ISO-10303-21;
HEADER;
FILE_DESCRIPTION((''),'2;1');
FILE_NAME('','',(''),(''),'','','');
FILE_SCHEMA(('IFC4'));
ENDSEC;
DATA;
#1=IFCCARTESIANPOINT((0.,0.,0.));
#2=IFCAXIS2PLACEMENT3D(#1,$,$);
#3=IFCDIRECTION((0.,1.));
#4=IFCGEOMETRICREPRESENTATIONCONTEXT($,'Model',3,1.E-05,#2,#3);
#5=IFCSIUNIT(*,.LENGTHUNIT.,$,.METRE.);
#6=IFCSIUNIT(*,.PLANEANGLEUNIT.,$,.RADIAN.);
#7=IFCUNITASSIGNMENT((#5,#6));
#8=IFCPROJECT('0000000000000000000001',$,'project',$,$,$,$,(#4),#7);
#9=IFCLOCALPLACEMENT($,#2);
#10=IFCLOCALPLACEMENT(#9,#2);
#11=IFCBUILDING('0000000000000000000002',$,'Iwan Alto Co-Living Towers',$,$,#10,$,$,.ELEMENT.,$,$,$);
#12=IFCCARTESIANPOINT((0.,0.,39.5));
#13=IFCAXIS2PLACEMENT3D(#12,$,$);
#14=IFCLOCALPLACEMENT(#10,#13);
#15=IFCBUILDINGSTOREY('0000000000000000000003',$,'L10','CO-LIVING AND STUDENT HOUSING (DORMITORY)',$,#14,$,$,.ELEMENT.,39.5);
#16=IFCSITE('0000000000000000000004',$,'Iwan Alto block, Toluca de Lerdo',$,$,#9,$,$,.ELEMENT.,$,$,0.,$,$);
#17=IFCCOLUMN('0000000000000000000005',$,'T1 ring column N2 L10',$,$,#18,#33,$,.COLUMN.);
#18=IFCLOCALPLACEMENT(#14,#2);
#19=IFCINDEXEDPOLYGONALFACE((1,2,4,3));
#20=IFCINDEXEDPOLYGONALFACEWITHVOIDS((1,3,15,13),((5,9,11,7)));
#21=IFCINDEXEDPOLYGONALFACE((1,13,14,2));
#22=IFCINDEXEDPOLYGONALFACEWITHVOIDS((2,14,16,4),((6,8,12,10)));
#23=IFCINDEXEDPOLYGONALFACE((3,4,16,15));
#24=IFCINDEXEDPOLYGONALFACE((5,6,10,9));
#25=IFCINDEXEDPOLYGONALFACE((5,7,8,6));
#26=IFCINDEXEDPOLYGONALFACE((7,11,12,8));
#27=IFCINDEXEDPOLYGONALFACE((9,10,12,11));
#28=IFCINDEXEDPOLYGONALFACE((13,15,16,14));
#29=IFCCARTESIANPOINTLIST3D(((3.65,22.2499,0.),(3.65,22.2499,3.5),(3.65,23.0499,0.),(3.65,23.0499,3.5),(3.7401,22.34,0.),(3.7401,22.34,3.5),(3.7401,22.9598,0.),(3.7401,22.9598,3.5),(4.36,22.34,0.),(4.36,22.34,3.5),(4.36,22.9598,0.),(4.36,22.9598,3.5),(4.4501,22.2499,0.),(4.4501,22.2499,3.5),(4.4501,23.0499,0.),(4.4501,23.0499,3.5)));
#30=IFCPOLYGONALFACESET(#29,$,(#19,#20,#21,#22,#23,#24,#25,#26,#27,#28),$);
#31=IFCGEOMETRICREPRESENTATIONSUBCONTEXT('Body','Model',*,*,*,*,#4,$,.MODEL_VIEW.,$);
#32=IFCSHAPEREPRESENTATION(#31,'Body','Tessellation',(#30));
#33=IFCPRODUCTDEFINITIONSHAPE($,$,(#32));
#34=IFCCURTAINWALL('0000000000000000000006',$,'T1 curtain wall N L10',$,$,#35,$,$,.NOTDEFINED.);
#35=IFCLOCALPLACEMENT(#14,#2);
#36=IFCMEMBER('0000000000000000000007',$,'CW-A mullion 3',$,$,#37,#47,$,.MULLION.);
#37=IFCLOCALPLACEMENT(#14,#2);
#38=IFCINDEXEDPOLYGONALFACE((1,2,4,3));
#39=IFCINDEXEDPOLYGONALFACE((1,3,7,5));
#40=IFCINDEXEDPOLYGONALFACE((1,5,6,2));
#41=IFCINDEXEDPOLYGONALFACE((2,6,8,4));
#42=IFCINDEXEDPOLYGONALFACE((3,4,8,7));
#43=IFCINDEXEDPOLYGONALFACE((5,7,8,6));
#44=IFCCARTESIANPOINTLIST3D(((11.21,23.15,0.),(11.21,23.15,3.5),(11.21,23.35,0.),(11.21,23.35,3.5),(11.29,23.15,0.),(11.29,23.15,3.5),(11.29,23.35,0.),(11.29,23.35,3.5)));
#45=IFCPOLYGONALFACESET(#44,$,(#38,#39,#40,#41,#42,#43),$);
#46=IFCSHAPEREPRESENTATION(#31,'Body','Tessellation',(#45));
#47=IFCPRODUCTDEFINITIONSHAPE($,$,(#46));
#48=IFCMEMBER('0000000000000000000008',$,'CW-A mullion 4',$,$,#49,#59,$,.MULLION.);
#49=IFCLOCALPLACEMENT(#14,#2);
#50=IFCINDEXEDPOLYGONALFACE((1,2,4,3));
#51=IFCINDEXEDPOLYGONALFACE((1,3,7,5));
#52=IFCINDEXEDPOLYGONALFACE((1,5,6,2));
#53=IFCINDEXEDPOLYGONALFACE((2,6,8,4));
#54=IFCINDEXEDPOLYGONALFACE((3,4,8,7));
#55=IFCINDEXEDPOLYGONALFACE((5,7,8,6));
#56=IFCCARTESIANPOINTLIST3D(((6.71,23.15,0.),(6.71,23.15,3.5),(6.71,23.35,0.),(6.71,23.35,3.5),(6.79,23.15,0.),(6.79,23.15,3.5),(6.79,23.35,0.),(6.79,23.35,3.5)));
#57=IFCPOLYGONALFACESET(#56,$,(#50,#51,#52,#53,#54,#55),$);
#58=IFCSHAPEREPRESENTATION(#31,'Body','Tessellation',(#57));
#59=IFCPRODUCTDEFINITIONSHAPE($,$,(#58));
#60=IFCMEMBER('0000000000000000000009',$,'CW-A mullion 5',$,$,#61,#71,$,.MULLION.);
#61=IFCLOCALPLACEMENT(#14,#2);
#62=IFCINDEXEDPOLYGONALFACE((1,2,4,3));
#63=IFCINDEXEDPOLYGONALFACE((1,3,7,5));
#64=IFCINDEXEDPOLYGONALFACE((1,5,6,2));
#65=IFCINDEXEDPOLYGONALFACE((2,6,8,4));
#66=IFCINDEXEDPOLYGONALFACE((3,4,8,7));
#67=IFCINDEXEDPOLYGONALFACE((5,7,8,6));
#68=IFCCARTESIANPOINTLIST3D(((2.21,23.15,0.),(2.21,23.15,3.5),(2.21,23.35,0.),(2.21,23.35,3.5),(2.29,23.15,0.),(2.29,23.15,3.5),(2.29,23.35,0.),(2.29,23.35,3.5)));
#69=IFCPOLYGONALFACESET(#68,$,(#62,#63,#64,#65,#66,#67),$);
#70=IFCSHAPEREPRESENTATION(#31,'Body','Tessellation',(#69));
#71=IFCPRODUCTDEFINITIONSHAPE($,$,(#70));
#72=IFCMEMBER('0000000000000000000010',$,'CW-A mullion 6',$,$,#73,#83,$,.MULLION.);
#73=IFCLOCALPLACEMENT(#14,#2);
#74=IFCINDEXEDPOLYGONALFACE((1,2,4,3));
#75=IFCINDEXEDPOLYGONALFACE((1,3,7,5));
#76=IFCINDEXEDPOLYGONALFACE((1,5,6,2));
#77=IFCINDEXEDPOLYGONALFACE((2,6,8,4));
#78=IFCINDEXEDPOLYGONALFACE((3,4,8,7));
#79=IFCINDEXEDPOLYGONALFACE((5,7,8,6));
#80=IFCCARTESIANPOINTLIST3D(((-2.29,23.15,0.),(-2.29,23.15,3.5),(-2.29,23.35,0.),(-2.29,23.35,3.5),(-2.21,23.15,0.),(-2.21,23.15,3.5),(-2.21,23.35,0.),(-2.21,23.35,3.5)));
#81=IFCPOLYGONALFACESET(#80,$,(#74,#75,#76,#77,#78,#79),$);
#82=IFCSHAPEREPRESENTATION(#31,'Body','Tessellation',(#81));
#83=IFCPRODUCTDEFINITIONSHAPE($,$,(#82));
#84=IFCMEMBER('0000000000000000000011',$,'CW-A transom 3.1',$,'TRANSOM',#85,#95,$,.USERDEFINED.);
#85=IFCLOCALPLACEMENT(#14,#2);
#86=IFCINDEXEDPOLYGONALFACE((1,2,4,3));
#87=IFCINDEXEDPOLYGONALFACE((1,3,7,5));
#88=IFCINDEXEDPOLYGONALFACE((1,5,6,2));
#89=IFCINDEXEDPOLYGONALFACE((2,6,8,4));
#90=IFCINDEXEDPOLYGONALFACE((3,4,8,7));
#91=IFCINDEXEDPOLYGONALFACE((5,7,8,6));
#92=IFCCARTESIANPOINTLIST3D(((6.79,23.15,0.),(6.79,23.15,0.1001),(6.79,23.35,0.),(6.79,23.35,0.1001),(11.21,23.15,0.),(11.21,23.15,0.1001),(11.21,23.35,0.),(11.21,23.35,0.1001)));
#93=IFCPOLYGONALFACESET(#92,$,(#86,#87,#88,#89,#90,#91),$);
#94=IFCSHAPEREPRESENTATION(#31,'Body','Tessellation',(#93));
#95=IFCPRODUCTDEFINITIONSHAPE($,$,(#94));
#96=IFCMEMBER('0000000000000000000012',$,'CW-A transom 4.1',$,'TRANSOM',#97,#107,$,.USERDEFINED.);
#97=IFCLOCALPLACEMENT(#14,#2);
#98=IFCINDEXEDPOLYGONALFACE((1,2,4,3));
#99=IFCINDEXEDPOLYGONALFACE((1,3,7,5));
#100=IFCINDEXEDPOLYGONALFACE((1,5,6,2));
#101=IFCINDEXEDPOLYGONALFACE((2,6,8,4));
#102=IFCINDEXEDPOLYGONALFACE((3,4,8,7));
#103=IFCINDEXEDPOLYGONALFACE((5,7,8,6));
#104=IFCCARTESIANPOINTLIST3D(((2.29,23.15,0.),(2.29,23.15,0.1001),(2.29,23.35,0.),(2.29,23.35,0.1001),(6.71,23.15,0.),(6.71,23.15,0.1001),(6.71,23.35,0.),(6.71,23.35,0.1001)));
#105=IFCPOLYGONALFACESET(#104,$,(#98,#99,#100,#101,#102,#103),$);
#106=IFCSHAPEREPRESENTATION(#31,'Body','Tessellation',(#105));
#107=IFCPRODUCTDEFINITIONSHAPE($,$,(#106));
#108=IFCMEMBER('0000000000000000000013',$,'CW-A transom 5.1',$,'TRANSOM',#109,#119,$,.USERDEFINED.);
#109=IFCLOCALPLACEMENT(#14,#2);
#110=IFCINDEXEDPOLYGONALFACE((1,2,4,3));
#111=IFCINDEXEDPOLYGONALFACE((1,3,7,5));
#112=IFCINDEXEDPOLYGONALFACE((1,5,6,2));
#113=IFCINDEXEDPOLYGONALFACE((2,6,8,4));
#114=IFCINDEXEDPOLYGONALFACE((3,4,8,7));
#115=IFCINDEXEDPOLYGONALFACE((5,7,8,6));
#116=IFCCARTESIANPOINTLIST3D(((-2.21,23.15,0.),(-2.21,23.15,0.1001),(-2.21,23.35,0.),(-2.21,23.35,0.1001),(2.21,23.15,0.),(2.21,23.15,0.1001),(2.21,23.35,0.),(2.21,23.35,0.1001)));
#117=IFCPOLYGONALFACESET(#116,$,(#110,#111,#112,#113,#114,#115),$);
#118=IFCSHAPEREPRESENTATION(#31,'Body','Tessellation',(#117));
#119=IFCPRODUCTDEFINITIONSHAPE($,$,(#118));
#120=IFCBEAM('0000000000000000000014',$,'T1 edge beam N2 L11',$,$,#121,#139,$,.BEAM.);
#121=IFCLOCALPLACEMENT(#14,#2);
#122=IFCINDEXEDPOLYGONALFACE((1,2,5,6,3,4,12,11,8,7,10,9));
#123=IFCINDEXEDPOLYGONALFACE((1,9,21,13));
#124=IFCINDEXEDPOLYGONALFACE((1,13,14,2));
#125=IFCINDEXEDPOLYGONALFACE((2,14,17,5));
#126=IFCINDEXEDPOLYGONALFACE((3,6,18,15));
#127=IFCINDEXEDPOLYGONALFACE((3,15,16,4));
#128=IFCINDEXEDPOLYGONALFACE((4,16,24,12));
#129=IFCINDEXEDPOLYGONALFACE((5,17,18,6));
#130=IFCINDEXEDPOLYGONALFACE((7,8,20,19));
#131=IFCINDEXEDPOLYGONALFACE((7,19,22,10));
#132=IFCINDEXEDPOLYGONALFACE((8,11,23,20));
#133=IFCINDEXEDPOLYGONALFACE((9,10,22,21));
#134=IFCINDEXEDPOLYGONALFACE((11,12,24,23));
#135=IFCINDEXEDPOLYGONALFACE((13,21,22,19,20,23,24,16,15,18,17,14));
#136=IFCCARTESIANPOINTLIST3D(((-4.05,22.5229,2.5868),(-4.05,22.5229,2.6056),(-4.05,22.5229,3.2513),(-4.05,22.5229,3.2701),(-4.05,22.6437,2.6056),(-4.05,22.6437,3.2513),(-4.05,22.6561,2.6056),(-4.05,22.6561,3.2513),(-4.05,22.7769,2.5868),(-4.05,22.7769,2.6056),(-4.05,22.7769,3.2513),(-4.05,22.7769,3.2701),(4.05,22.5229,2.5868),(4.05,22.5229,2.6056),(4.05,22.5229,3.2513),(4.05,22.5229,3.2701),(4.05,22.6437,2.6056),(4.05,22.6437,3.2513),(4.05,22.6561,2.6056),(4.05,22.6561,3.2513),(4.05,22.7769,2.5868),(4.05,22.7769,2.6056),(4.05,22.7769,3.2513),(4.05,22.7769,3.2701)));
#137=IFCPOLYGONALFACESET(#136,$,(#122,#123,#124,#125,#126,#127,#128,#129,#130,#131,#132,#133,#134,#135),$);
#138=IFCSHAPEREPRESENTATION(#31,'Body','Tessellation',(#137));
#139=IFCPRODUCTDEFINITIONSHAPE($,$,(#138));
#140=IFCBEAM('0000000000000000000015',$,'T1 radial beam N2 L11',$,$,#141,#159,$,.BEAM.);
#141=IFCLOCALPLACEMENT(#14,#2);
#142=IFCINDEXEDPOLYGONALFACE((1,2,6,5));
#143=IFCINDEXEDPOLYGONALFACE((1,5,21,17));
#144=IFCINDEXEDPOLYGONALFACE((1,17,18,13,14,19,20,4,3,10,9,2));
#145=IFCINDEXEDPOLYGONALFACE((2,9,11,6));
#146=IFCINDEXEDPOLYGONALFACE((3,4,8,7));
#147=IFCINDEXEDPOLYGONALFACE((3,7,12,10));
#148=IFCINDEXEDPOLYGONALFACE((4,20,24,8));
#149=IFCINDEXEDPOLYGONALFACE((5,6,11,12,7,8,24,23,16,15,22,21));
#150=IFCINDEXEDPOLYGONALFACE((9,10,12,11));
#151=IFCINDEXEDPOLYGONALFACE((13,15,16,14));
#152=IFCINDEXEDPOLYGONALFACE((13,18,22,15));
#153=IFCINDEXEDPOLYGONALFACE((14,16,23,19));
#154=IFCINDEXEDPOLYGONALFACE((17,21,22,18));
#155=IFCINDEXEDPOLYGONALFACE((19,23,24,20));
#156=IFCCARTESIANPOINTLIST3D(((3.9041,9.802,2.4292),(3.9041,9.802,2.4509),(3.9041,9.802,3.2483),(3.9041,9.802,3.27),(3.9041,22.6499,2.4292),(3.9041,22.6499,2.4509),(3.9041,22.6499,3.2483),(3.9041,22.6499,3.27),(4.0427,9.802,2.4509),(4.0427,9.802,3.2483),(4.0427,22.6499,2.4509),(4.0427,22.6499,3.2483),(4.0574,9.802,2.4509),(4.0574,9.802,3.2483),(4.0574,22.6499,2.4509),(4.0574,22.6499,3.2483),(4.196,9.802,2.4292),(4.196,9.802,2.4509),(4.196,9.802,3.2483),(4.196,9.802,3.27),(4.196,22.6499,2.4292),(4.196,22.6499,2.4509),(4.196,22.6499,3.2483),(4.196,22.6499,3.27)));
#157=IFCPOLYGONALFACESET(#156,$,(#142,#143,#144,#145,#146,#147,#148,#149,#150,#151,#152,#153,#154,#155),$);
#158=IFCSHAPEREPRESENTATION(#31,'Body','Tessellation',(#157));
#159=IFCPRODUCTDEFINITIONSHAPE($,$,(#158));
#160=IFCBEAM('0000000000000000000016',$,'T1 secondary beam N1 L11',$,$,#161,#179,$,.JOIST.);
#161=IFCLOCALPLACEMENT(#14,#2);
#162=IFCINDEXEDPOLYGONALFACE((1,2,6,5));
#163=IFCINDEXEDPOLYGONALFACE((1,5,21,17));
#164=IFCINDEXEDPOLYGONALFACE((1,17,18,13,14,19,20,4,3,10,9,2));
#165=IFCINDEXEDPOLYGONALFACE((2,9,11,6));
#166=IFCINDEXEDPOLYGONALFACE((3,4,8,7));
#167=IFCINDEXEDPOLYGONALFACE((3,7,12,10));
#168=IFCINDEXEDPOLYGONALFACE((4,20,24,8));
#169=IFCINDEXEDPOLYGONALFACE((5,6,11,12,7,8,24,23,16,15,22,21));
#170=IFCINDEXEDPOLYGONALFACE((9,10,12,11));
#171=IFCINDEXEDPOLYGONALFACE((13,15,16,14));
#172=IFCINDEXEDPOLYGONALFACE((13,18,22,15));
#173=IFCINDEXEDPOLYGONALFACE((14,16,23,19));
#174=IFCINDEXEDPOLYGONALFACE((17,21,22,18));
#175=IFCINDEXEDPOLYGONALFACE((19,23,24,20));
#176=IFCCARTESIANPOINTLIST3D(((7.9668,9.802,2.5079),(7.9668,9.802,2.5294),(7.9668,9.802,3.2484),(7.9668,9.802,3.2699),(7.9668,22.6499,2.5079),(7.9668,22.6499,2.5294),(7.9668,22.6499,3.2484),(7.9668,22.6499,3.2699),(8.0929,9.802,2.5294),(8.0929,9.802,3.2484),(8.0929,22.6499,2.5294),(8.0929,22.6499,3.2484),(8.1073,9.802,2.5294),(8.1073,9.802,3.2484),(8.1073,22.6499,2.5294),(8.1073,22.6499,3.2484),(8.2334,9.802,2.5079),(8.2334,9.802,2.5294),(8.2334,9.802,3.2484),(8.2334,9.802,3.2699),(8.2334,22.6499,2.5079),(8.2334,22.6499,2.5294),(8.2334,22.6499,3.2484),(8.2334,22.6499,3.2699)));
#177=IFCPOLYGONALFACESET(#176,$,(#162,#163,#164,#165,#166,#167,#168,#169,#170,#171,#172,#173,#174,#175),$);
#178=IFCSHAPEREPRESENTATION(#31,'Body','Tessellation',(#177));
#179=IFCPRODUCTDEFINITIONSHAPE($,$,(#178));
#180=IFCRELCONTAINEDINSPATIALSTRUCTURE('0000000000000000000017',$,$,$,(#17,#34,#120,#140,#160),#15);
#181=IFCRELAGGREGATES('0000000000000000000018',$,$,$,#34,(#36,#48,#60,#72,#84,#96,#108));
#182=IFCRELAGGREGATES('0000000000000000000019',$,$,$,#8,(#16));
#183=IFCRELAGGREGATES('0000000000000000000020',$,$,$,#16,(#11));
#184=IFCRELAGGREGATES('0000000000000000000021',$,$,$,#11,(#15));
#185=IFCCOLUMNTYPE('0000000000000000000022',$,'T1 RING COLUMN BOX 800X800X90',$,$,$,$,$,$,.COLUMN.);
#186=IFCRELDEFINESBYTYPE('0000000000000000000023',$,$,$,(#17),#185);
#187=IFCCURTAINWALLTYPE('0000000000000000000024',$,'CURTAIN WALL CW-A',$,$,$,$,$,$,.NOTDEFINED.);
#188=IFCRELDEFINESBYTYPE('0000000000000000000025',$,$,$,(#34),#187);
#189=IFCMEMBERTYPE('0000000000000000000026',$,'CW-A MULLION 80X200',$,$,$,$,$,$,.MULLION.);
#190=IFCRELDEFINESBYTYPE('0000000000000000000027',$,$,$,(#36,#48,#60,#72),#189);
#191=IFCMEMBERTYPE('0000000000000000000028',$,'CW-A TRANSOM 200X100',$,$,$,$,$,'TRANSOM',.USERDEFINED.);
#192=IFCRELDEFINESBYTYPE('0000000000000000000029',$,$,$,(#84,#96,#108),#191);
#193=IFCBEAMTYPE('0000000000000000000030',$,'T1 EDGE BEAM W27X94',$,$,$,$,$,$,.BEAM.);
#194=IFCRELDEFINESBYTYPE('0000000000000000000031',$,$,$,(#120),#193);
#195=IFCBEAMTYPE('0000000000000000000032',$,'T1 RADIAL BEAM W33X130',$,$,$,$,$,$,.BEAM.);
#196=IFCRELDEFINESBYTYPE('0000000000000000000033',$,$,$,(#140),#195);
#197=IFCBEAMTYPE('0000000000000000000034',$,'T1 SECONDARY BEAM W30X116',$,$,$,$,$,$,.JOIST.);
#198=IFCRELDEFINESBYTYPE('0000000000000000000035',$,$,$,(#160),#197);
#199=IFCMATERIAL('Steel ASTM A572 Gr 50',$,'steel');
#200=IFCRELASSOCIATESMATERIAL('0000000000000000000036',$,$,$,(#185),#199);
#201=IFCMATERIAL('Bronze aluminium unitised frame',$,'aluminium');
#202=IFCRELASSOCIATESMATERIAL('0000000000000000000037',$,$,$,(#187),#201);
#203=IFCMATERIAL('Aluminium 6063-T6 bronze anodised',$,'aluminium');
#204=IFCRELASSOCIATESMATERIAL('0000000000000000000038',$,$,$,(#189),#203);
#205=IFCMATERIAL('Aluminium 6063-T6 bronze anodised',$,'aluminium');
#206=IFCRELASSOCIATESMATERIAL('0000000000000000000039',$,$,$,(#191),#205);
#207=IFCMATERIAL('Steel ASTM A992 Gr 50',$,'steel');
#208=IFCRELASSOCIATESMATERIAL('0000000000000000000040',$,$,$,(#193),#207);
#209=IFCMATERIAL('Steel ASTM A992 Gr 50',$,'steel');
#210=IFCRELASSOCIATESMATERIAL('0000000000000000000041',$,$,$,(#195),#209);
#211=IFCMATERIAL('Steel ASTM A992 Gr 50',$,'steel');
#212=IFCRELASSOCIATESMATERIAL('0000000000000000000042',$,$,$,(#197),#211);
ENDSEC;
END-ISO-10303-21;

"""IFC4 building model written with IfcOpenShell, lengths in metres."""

from ifc_helpers import new_model, si_unit, direction, frame, origin, origin_2d, place, context, subcontext, project, spatial, rectangle, hollow_rectangle, i_section, extrude, material, material_profile, profile_set, type_object, element, aggregate, save


model = new_model("IFC4")

# Units and contexts
model_context = context("Model", 3, precision=1e-05, world=origin(), true_north=direction((0.0, 1.0)))
body_context = subcontext(model_context, "Body", "Model", "MODEL_VIEW")
ifc_project = project(units=[si_unit("LENGTHUNIT", "METRE"), si_unit("PLANEANGLEUNIT", "RADIAN")], contexts=[model_context])

# Site, building, storey
site_placement = place(None, origin())
site = spatial("IfcSite", under=ifc_project, at=site_placement, Name="Iwan Alto block, Toluca de Lerdo", CompositionType="ELEMENT", RefElevation=0.0)
building_placement = place(site_placement, origin())
building = spatial("IfcBuilding", under=site, at=building_placement, Name="Iwan Alto Co-Living Towers", CompositionType="ELEMENT")
storey_placement = place(building_placement, frame((0.0, 0.0, 39.5)))
storey = spatial("IfcBuildingStorey", under=building, at=storey_placement, Name="L10", Description="CO-LIVING AND STUDENT HOUSING (DORMITORY)", CompositionType="ELEMENT", Elevation=39.5)

# Column
ifc_material_1 = material(Name="Steel ASTM A572 Gr 50", Category="steel")
ifc_material_profile_1 = material_profile(ifc_material_1, hollow_rectangle(XDim=0.8, YDim=0.8, WallThickness=0.0901, at=origin_2d()), Name="BOX 800X800X90")
ifc_profile_set_1 = profile_set([ifc_material_profile_1], Name="Steel ASTM A572 Gr 50")
column_type = type_object("IfcColumnType", Name="T1 RING COLUMN BOX 800X800X90", PredefinedType="COLUMN", material=ifc_profile_set_1)
column_placement = place(storey_placement, frame((4.05, 22.6499, 0.0), z_axis=(0.0, 0.0, 1.0), x_axis=(1.0, 0.0, 0.0)))
element("IfcColumn", 1, at=column_placement, inside=storey, type_object=column_type, Name="T1 ring column N2 L10", PredefinedType="COLUMN", context=body_context, shape_type="SweptSolid", body=[
    extrude(hollow_rectangle(XDim=0.8, YDim=0.8, WallThickness=0.0901, at=origin_2d()), origin(), (0.0, 0.0, 1.0), 3.5),
])

# Curtain wall, members
ifc_material_2 = material(Name="Bronze aluminium unitised frame", Category="aluminium")
curtain_wall_type = type_object("IfcCurtainWallType", Name="CURTAIN WALL CW-A", PredefinedType="NOTDEFINED", material=ifc_material_2)
curtain_wall_placement = place(storey_placement, origin())
curtain_wall = element("IfcCurtainWall", 2, at=curtain_wall_placement, inside=storey, type_object=curtain_wall_type, Name="T1 curtain wall N L10", PredefinedType="NOTDEFINED")
ifc_material_3 = material(Name="Aluminium 6063-T6 bronze anodised", Category="aluminium")
ifc_material_profile_2 = material_profile(ifc_material_3, rectangle(XDim=0.2, YDim=0.0801, at=origin_2d()), Name="AL 80X200")
ifc_profile_set_2 = profile_set([ifc_material_profile_2], Name="Aluminium 6063-T6 bronze anodised")
member_type_1 = type_object("IfcMemberType", Name="CW-A MULLION 80X200", PredefinedType="MULLION", material=ifc_profile_set_2)
member_1_placement = place(storey_placement, frame((11.25, 23.25, 0.0), z_axis=(0.0, 0.0, 1.0), x_axis=(0.0, -1.0, 0.0)))
member_1 = element("IfcMember", 3, at=member_1_placement, type_object=member_type_1, Name="CW-A mullion 3", PredefinedType="MULLION", context=body_context, shape_type="SweptSolid", body=[
    extrude(rectangle(XDim=0.2, YDim=0.0801, at=origin_2d()), origin(), (0.0, 0.0, 1.0), 3.5),
])
member_2_placement = place(storey_placement, frame((6.75, 23.25, 0.0), z_axis=(0.0, 0.0, 1.0), x_axis=(0.0, -1.0, 0.0)))
member_2 = element("IfcMember", 4, at=member_2_placement, type_object=member_type_1, Name="CW-A mullion 4", PredefinedType="MULLION", context=body_context, shape_type="SweptSolid", body=[
    extrude(rectangle(XDim=0.2, YDim=0.0801, at=origin_2d()), origin(), (0.0, 0.0, 1.0), 3.5),
])
member_3_placement = place(storey_placement, frame((2.25, 23.25, 0.0), z_axis=(0.0, 0.0, 1.0), x_axis=(0.0, -1.0, 0.0)))
member_3 = element("IfcMember", 5, at=member_3_placement, type_object=member_type_1, Name="CW-A mullion 5", PredefinedType="MULLION", context=body_context, shape_type="SweptSolid", body=[
    extrude(rectangle(XDim=0.2, YDim=0.0801, at=origin_2d()), origin(), (0.0, 0.0, 1.0), 3.5),
])
member_4_placement = place(storey_placement, frame((-2.25, 23.25, 0.0), z_axis=(0.0, 0.0, 1.0), x_axis=(0.0, -1.0, 0.0)))
member_4 = element("IfcMember", 6, at=member_4_placement, type_object=member_type_1, Name="CW-A mullion 6", PredefinedType="MULLION", context=body_context, shape_type="SweptSolid", body=[
    extrude(rectangle(XDim=0.2, YDim=0.0801, at=origin_2d()), origin(), (0.0, 0.0, 1.0), 3.5),
])
ifc_material_4 = material(Name="Aluminium 6063-T6 bronze anodised", Category="aluminium")
ifc_material_profile_3 = material_profile(ifc_material_4, rectangle(XDim=0.2, YDim=0.1001, at=origin_2d()), Name="AL 200X100")
ifc_profile_set_3 = profile_set([ifc_material_profile_3], Name="Aluminium 6063-T6 bronze anodised")
member_type_2 = type_object("IfcMemberType", Name="CW-A TRANSOM 200X100", ElementType="TRANSOM", PredefinedType="USERDEFINED", material=ifc_profile_set_3)
member_5_placement = place(storey_placement, frame((11.21, 23.25, 0.05), z_axis=(-1.0, 0.0, 0.0), x_axis=(0.0, -1.0, 0.0)))
member_5 = element("IfcMember", 7, at=member_5_placement, type_object=member_type_2, Name="CW-A transom 3.1", ObjectType="TRANSOM", PredefinedType="USERDEFINED", context=body_context, shape_type="SweptSolid", body=[
    extrude(rectangle(XDim=0.2, YDim=0.1001, at=origin_2d()), origin(), (0.0, 0.0, 1.0), 4.4199),
])
member_6_placement = place(storey_placement, frame((6.71, 23.25, 0.05), z_axis=(-1.0, 0.0, 0.0), x_axis=(0.0, -1.0, 0.0)))
member_6 = element("IfcMember", 8, at=member_6_placement, type_object=member_type_2, Name="CW-A transom 4.1", ObjectType="TRANSOM", PredefinedType="USERDEFINED", context=body_context, shape_type="SweptSolid", body=[
    extrude(rectangle(XDim=0.2, YDim=0.1001, at=origin_2d()), origin(), (0.0, 0.0, 1.0), 4.4199),
])
member_7_placement = place(storey_placement, frame((2.21, 23.25, 0.05), z_axis=(-1.0, 0.0, 0.0), x_axis=(0.0, -1.0, 0.0)))
member_7 = element("IfcMember", 9, at=member_7_placement, type_object=member_type_2, Name="CW-A transom 5.1", ObjectType="TRANSOM", PredefinedType="USERDEFINED", context=body_context, shape_type="SweptSolid", body=[
    extrude(rectangle(XDim=0.2, YDim=0.1001, at=origin_2d()), origin(), (0.0, 0.0, 1.0), 4.4199),
])

# Beams
ifc_material_5 = material(Name="Steel ASTM A992 Gr 50", Category="steel")
ifc_material_profile_4 = material_profile(ifc_material_5, i_section(OverallWidth=0.2539, OverallDepth=0.6833, WebThickness=0.0125, FlangeThickness=0.0188, at=origin_2d()), Name="W27X94")
ifc_profile_set_4 = profile_set([ifc_material_profile_4], Name="Steel ASTM A992 Gr 50")
beam_type_1 = type_object("IfcBeamType", Name="T1 EDGE BEAM W27X94", PredefinedType="BEAM", material=ifc_profile_set_4)
beam_1_placement = place(storey_placement, frame((4.05, 22.6499, 2.9285), z_axis=(-1.0, 0.0, 0.0), x_axis=(0.0, -1.0, 0.0)))
element("IfcBeam", 10, at=beam_1_placement, inside=storey, type_object=beam_type_1, Name="T1 edge beam N2 L11", PredefinedType="BEAM", context=body_context, shape_type="SweptSolid", body=[
    extrude(i_section(OverallWidth=0.2539, OverallDepth=0.6833, WebThickness=0.0125, FlangeThickness=0.0188, at=origin_2d()), origin(), (0.0, 0.0, 1.0), 8.1001),
])
ifc_material_6 = material(Name="Steel ASTM A992 Gr 50", Category="steel")
ifc_material_profile_5 = material_profile(ifc_material_6, i_section(OverallWidth=0.292, OverallDepth=0.8408, WebThickness=0.0146, FlangeThickness=0.0217, at=origin_2d()), Name="W33X130")
ifc_profile_set_5 = profile_set([ifc_material_profile_5], Name="Steel ASTM A992 Gr 50")
beam_type_2 = type_object("IfcBeamType", Name="T1 RADIAL BEAM W33X130", PredefinedType="BEAM", material=ifc_profile_set_5)
beam_2_placement = place(storey_placement, frame((4.05, 22.6499, 2.8496), z_axis=(0.0, -1.0, 0.0), x_axis=(1.0, 0.0, 0.0)))
element("IfcBeam", 11, at=beam_2_placement, inside=storey, type_object=beam_type_2, Name="T1 radial beam N2 L11", PredefinedType="BEAM", context=body_context, shape_type="SweptSolid", body=[
    extrude(i_section(OverallWidth=0.292, OverallDepth=0.8408, WebThickness=0.0146, FlangeThickness=0.0217, at=origin_2d()), origin(), (0.0, 0.0, 1.0), 12.8479),
])
ifc_material_7 = material(Name="Steel ASTM A992 Gr 50", Category="steel")
ifc_material_profile_6 = material_profile(ifc_material_7, i_section(OverallWidth=0.2666, OverallDepth=0.762, WebThickness=0.0144, FlangeThickness=0.0215, at=origin_2d()), Name="W30X116")
ifc_profile_set_6 = profile_set([ifc_material_profile_6], Name="Steel ASTM A992 Gr 50")
beam_type_3 = type_object("IfcBeamType", Name="T1 SECONDARY BEAM W30X116", PredefinedType="JOIST", material=ifc_profile_set_6)
for number, where, z_axis, x_axis, name in (
    (12, (8.1001, 22.6499, 2.8889), (0.0, -1.0, 0.0), (1.0, 0.0, 0.0), "T1 secondary beam N1 L11"),
):
    element("IfcBeam", number, at=place(storey_placement, frame(where, z_axis=z_axis, x_axis=x_axis)), inside=storey, type_object=beam_type_3, Name=name, PredefinedType="JOIST", context=body_context, shape_type="SweptSolid", body=[
        extrude(i_section(OverallWidth=0.2666, OverallDepth=0.762, WebThickness=0.0144, FlangeThickness=0.0215, at=origin_2d()), origin(), (0.0, 0.0, 1.0), 12.8479),
    ])

aggregate(curtain_wall, [member_1, member_2, member_3, member_4, member_5, member_6, member_7])

save(model, "model.ifc")
